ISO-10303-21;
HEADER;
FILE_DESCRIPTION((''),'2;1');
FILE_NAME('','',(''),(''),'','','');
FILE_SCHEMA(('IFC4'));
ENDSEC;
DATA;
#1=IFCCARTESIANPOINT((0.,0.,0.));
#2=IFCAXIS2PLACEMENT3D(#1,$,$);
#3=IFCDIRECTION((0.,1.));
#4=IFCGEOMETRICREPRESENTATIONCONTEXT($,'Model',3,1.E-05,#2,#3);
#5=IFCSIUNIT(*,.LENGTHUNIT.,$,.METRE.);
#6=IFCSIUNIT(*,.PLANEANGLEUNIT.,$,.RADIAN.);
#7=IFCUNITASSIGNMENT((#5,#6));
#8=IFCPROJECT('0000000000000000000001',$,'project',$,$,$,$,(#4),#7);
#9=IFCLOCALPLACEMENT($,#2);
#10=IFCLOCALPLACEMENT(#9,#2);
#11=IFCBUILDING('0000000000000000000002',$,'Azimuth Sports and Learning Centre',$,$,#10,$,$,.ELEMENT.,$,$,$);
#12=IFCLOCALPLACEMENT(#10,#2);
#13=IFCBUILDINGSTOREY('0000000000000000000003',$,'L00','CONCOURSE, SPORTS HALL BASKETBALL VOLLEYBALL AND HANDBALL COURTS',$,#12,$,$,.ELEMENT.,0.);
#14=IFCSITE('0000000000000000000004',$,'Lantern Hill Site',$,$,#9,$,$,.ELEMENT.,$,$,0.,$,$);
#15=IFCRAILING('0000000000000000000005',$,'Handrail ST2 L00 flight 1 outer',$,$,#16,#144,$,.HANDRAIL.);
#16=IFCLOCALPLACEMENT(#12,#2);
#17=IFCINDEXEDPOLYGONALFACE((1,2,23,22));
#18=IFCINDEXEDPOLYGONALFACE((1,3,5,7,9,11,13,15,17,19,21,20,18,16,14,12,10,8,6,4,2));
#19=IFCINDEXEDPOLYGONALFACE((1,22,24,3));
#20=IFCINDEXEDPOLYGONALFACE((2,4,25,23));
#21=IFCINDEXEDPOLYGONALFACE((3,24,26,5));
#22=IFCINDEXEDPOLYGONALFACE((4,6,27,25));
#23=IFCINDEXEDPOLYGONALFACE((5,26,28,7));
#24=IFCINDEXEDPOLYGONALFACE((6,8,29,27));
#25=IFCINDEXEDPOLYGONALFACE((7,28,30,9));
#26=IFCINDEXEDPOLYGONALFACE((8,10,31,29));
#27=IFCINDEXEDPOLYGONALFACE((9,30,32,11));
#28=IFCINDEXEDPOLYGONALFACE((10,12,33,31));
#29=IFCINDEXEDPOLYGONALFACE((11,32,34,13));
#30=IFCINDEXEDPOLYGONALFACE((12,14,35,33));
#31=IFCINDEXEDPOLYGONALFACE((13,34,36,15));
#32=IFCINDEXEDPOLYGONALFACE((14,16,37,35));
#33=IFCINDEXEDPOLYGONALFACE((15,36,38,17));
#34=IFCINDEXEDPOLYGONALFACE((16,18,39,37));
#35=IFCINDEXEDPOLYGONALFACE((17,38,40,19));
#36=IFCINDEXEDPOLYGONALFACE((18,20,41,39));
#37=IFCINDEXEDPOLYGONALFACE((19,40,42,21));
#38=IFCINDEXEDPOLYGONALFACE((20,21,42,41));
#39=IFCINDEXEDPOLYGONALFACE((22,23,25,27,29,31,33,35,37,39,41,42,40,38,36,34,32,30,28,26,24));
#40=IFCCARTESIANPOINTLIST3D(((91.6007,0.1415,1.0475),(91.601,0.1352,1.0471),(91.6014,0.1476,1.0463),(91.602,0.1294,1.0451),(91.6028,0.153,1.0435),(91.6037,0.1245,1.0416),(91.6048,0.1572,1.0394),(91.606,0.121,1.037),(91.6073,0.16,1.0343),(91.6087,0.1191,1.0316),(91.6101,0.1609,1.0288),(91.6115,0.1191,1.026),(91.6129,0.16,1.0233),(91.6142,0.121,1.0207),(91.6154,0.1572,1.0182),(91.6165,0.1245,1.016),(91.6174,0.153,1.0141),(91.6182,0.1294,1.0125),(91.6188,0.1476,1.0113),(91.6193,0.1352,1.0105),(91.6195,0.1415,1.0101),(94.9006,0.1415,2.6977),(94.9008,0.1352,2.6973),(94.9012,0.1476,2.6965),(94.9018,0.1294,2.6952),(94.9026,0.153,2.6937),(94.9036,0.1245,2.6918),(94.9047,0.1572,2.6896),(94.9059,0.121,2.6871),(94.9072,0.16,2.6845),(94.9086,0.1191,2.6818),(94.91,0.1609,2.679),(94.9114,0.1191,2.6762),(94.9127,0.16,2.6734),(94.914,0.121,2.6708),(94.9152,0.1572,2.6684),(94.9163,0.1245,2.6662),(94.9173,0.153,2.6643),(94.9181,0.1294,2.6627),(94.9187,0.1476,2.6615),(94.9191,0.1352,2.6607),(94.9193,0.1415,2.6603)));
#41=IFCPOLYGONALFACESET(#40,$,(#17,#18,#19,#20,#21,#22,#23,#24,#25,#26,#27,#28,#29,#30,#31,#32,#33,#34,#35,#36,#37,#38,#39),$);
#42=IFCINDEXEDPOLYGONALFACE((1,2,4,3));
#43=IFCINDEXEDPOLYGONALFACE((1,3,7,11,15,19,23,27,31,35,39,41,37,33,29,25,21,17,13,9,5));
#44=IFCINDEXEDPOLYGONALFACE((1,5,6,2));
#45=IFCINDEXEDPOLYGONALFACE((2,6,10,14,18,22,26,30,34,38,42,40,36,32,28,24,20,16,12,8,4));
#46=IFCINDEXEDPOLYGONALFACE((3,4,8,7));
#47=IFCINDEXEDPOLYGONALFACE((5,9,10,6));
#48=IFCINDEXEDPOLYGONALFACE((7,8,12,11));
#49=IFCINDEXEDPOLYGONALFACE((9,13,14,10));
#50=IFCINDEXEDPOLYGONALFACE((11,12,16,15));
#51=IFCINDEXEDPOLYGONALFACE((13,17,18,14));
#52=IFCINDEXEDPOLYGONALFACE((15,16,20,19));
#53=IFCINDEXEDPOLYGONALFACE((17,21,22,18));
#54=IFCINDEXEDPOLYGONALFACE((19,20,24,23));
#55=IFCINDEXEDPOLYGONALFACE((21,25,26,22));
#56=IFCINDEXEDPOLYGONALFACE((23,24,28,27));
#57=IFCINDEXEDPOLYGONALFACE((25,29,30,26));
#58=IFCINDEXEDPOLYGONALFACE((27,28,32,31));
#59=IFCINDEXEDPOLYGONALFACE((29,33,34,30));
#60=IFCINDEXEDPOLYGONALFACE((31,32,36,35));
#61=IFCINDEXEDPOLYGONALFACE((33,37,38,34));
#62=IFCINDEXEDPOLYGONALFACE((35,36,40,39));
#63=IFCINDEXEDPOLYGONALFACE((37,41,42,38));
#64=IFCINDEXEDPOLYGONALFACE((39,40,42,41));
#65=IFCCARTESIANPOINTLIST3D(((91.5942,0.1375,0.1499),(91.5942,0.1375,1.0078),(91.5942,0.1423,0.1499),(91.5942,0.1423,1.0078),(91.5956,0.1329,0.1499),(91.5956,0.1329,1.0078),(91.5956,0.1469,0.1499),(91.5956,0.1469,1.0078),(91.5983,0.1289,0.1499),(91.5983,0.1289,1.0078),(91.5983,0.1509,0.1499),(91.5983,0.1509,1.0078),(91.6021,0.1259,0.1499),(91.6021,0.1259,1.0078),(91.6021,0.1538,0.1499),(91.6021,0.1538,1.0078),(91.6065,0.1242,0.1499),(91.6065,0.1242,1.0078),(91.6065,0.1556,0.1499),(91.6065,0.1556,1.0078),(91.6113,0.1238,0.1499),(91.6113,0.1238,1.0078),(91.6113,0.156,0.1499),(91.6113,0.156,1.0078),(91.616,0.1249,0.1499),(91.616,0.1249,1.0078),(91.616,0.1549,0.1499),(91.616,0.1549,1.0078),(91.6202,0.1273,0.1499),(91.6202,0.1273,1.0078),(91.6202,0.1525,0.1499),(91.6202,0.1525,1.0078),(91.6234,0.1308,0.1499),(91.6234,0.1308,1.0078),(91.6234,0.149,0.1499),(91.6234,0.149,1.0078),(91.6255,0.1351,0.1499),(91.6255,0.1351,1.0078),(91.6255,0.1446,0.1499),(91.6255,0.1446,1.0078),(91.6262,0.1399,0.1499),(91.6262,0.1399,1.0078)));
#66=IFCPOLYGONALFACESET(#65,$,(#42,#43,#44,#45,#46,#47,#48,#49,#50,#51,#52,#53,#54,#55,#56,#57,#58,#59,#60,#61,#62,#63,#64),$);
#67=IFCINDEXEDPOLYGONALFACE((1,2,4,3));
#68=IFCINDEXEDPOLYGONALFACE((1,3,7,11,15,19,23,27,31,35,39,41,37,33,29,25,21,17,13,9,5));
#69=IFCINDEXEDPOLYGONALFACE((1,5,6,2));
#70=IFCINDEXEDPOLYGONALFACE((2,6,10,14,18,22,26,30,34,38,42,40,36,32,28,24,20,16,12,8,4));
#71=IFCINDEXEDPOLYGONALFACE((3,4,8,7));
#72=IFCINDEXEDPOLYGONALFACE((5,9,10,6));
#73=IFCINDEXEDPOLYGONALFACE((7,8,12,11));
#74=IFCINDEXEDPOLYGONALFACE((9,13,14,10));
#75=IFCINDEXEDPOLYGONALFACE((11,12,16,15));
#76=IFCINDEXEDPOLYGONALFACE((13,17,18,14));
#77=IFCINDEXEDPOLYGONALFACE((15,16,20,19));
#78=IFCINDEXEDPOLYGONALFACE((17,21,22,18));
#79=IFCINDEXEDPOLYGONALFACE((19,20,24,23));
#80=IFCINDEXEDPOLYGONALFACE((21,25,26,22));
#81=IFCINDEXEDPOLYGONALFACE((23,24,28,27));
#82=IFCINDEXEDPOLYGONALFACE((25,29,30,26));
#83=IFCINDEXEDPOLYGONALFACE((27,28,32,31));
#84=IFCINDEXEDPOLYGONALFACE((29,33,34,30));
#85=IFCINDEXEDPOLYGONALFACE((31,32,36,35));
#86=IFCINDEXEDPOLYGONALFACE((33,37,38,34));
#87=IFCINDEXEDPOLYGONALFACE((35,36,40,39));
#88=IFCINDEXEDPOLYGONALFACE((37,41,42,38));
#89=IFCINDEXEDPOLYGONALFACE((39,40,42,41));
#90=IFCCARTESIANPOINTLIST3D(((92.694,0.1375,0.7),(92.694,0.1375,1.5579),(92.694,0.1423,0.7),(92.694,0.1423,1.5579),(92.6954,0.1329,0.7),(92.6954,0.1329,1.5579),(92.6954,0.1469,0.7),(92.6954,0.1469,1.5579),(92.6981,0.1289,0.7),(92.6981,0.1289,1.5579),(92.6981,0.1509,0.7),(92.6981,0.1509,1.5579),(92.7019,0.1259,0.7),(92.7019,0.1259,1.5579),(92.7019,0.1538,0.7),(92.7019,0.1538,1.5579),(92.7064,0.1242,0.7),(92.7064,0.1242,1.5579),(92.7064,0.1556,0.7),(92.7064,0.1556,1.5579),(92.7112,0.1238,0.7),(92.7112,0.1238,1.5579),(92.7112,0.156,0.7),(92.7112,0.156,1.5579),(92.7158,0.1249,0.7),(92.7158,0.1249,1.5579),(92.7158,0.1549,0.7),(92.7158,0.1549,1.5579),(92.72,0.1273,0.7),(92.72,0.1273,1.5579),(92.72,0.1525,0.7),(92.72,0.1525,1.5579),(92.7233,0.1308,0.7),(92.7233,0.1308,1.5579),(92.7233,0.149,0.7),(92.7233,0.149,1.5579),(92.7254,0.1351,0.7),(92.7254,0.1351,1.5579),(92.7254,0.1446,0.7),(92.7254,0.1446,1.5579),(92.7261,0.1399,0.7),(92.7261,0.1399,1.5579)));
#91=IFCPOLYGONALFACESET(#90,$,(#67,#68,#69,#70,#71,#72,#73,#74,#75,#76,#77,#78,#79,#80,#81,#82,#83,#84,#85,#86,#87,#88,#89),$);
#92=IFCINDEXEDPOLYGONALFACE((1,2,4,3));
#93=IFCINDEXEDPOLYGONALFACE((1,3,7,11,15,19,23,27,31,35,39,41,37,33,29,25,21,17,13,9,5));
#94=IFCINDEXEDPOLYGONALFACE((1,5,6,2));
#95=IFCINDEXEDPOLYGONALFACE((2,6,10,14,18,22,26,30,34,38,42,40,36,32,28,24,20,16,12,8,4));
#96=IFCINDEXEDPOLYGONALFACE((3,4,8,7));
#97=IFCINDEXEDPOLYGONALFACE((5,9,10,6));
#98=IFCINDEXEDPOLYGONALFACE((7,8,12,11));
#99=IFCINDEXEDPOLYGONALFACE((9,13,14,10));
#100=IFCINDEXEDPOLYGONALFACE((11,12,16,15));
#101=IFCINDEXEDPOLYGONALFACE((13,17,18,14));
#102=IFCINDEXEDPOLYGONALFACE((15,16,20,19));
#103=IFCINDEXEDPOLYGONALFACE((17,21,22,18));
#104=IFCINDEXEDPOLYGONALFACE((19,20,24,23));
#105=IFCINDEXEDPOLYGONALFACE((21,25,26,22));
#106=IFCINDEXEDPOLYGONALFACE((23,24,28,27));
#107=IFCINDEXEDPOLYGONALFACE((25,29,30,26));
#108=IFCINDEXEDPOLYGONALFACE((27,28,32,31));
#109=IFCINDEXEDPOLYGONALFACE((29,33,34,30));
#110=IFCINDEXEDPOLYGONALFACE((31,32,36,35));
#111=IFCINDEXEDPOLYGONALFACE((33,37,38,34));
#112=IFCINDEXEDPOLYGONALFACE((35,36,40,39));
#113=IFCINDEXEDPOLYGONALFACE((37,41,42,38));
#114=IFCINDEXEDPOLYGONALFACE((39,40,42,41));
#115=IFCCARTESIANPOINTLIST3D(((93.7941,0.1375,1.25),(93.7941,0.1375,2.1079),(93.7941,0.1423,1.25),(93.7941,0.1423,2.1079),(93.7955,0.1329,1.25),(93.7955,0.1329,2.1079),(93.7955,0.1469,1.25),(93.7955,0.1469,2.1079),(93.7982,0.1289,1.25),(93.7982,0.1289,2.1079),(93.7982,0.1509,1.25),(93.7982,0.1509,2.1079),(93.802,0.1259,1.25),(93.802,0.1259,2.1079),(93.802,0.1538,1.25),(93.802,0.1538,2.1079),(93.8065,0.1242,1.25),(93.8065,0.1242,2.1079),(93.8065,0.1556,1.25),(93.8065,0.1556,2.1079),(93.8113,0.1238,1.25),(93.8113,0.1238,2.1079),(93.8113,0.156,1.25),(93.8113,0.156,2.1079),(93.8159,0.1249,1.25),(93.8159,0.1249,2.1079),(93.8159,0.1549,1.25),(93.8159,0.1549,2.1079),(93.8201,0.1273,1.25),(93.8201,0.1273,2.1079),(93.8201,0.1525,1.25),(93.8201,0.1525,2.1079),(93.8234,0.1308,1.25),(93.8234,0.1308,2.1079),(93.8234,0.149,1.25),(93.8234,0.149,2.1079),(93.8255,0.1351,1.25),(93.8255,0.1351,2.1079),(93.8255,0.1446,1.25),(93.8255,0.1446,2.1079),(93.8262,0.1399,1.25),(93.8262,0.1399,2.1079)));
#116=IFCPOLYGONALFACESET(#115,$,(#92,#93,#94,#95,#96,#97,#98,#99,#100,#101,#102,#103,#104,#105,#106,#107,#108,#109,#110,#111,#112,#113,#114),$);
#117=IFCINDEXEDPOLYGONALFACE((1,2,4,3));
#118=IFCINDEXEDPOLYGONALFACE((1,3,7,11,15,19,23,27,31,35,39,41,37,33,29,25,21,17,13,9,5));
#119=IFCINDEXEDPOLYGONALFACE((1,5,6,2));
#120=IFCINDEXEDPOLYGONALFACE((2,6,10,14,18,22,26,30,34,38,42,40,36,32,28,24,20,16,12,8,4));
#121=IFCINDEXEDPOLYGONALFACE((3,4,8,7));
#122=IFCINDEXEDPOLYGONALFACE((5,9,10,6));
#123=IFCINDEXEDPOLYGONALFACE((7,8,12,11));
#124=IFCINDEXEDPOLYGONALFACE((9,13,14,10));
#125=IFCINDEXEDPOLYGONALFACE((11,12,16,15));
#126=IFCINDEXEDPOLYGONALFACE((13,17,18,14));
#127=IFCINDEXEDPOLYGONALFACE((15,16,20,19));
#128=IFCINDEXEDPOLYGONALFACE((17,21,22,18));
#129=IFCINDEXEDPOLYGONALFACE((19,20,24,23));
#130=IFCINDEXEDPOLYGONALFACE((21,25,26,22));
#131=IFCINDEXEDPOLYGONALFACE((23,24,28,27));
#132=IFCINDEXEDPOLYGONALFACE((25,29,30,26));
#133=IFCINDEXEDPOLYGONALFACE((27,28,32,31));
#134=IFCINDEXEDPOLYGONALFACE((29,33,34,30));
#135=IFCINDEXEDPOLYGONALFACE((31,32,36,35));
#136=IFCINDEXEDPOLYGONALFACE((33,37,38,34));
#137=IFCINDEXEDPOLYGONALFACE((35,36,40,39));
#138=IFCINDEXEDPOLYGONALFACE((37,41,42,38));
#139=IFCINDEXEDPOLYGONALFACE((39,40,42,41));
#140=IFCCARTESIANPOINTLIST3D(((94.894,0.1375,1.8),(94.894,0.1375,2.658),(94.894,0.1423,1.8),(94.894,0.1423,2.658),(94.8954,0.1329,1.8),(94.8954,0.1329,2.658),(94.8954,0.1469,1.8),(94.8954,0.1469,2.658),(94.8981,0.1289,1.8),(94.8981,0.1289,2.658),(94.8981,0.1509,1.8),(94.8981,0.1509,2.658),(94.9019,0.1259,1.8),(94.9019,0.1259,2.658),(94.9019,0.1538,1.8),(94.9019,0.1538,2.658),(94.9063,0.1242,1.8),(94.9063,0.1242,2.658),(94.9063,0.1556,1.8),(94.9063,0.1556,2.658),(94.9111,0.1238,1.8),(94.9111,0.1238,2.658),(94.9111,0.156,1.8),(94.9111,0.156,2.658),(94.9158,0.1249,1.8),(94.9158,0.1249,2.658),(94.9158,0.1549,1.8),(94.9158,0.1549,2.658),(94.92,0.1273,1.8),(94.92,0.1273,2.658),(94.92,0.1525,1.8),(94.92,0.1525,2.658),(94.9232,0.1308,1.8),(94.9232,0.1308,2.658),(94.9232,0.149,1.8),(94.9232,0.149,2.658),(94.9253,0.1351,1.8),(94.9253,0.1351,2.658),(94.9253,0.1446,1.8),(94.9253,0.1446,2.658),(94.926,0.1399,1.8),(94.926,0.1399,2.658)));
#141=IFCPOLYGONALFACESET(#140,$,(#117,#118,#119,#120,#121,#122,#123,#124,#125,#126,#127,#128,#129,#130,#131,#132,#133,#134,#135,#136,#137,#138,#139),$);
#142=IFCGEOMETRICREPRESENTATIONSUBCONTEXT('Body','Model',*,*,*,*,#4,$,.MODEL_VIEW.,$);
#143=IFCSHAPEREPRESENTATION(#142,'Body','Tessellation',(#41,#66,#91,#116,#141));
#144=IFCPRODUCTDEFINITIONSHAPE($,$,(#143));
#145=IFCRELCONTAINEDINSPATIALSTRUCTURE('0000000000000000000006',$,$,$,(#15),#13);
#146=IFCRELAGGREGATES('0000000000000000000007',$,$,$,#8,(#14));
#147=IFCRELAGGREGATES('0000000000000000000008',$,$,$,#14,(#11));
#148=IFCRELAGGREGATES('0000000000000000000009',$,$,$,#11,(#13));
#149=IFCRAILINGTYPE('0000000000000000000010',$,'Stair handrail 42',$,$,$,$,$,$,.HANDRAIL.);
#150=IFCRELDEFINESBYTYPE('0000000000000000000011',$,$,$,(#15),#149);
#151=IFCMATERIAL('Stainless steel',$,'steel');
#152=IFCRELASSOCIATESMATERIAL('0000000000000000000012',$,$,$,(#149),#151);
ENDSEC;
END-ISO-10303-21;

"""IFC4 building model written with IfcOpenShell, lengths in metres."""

from ifc_helpers import new_model, si_unit, direction, frame, origin, origin_2d, place, context, subcontext, project, spatial, circle, extrude, material, type_object, element, save


model = new_model("IFC4")

# Units and contexts
model_context = context("Model", 3, precision=1e-05, world=origin(), true_north=direction((0.0, 1.0)))
body_context = subcontext(model_context, "Body", "Model", "MODEL_VIEW")
ifc_project = project(units=[si_unit("LENGTHUNIT", "METRE"), si_unit("PLANEANGLEUNIT", "RADIAN")], contexts=[model_context])

# Site, building, storey
site_placement = place(None, origin())
site = spatial("IfcSite", under=ifc_project, at=site_placement, Name="Lantern Hill Site", CompositionType="ELEMENT", RefElevation=0.0)
building_placement = place(site_placement, origin())
building = spatial("IfcBuilding", under=site, at=building_placement, Name="Azimuth Sports and Learning Centre", CompositionType="ELEMENT")
storey_placement = place(building_placement, origin())
storey = spatial("IfcBuildingStorey", under=building, at=storey_placement, Name="L00", Description="CONCOURSE, SPORTS HALL BASKETBALL VOLLEYBALL AND HANDBALL COURTS", CompositionType="ELEMENT", Elevation=0.0)

# Railing
ifc_material_1 = material(Name="Stainless steel", Category="steel")
railing_type_1 = type_object("IfcRailingType", Name="Stair handrail 42", PredefinedType="HANDRAIL", material=ifc_material_1)
for number, where, name in (
    (1, (91.6101, 0.1399, 0.1499), "Handrail ST2 L00 flight 1 outer"),
):
    element("IfcRailing", number, at=place(storey_placement, frame(where)), inside=storey, type_object=railing_type_1, Name=name, PredefinedType="HANDRAIL", context=body_context, shape_type="SweptSolid", body=[
        extrude(circle(Radius=0.021, at=origin_2d()), frame((0.0, 0.0, 0.8789), z_axis=(0.894401, 0.0, 0.447267), x_axis=(0.0, 1.0, 0.0)), (0.0, 0.0, 1.0), 3.6895),
        extrude(circle(Radius=0.0161, at=origin_2d()), origin(), (0.0, 0.0, 1.0), 0.8579),
        extrude(circle(Radius=0.0161, at=origin_2d()), frame((1.0999, 0.0, 0.55)), (0.0, 0.0, 1.0), 0.8579),
        extrude(circle(Radius=0.0161, at=origin_2d()), frame((2.2, 0.0, 1.1001)), (0.0, 0.0, 1.0), 0.8579),
        extrude(circle(Radius=0.0161, at=origin_2d()), frame((3.2998, 0.0, 1.6501)), (0.0, 0.0, 1.0), 0.8579),
    ])

save(model, "model.ifc")
